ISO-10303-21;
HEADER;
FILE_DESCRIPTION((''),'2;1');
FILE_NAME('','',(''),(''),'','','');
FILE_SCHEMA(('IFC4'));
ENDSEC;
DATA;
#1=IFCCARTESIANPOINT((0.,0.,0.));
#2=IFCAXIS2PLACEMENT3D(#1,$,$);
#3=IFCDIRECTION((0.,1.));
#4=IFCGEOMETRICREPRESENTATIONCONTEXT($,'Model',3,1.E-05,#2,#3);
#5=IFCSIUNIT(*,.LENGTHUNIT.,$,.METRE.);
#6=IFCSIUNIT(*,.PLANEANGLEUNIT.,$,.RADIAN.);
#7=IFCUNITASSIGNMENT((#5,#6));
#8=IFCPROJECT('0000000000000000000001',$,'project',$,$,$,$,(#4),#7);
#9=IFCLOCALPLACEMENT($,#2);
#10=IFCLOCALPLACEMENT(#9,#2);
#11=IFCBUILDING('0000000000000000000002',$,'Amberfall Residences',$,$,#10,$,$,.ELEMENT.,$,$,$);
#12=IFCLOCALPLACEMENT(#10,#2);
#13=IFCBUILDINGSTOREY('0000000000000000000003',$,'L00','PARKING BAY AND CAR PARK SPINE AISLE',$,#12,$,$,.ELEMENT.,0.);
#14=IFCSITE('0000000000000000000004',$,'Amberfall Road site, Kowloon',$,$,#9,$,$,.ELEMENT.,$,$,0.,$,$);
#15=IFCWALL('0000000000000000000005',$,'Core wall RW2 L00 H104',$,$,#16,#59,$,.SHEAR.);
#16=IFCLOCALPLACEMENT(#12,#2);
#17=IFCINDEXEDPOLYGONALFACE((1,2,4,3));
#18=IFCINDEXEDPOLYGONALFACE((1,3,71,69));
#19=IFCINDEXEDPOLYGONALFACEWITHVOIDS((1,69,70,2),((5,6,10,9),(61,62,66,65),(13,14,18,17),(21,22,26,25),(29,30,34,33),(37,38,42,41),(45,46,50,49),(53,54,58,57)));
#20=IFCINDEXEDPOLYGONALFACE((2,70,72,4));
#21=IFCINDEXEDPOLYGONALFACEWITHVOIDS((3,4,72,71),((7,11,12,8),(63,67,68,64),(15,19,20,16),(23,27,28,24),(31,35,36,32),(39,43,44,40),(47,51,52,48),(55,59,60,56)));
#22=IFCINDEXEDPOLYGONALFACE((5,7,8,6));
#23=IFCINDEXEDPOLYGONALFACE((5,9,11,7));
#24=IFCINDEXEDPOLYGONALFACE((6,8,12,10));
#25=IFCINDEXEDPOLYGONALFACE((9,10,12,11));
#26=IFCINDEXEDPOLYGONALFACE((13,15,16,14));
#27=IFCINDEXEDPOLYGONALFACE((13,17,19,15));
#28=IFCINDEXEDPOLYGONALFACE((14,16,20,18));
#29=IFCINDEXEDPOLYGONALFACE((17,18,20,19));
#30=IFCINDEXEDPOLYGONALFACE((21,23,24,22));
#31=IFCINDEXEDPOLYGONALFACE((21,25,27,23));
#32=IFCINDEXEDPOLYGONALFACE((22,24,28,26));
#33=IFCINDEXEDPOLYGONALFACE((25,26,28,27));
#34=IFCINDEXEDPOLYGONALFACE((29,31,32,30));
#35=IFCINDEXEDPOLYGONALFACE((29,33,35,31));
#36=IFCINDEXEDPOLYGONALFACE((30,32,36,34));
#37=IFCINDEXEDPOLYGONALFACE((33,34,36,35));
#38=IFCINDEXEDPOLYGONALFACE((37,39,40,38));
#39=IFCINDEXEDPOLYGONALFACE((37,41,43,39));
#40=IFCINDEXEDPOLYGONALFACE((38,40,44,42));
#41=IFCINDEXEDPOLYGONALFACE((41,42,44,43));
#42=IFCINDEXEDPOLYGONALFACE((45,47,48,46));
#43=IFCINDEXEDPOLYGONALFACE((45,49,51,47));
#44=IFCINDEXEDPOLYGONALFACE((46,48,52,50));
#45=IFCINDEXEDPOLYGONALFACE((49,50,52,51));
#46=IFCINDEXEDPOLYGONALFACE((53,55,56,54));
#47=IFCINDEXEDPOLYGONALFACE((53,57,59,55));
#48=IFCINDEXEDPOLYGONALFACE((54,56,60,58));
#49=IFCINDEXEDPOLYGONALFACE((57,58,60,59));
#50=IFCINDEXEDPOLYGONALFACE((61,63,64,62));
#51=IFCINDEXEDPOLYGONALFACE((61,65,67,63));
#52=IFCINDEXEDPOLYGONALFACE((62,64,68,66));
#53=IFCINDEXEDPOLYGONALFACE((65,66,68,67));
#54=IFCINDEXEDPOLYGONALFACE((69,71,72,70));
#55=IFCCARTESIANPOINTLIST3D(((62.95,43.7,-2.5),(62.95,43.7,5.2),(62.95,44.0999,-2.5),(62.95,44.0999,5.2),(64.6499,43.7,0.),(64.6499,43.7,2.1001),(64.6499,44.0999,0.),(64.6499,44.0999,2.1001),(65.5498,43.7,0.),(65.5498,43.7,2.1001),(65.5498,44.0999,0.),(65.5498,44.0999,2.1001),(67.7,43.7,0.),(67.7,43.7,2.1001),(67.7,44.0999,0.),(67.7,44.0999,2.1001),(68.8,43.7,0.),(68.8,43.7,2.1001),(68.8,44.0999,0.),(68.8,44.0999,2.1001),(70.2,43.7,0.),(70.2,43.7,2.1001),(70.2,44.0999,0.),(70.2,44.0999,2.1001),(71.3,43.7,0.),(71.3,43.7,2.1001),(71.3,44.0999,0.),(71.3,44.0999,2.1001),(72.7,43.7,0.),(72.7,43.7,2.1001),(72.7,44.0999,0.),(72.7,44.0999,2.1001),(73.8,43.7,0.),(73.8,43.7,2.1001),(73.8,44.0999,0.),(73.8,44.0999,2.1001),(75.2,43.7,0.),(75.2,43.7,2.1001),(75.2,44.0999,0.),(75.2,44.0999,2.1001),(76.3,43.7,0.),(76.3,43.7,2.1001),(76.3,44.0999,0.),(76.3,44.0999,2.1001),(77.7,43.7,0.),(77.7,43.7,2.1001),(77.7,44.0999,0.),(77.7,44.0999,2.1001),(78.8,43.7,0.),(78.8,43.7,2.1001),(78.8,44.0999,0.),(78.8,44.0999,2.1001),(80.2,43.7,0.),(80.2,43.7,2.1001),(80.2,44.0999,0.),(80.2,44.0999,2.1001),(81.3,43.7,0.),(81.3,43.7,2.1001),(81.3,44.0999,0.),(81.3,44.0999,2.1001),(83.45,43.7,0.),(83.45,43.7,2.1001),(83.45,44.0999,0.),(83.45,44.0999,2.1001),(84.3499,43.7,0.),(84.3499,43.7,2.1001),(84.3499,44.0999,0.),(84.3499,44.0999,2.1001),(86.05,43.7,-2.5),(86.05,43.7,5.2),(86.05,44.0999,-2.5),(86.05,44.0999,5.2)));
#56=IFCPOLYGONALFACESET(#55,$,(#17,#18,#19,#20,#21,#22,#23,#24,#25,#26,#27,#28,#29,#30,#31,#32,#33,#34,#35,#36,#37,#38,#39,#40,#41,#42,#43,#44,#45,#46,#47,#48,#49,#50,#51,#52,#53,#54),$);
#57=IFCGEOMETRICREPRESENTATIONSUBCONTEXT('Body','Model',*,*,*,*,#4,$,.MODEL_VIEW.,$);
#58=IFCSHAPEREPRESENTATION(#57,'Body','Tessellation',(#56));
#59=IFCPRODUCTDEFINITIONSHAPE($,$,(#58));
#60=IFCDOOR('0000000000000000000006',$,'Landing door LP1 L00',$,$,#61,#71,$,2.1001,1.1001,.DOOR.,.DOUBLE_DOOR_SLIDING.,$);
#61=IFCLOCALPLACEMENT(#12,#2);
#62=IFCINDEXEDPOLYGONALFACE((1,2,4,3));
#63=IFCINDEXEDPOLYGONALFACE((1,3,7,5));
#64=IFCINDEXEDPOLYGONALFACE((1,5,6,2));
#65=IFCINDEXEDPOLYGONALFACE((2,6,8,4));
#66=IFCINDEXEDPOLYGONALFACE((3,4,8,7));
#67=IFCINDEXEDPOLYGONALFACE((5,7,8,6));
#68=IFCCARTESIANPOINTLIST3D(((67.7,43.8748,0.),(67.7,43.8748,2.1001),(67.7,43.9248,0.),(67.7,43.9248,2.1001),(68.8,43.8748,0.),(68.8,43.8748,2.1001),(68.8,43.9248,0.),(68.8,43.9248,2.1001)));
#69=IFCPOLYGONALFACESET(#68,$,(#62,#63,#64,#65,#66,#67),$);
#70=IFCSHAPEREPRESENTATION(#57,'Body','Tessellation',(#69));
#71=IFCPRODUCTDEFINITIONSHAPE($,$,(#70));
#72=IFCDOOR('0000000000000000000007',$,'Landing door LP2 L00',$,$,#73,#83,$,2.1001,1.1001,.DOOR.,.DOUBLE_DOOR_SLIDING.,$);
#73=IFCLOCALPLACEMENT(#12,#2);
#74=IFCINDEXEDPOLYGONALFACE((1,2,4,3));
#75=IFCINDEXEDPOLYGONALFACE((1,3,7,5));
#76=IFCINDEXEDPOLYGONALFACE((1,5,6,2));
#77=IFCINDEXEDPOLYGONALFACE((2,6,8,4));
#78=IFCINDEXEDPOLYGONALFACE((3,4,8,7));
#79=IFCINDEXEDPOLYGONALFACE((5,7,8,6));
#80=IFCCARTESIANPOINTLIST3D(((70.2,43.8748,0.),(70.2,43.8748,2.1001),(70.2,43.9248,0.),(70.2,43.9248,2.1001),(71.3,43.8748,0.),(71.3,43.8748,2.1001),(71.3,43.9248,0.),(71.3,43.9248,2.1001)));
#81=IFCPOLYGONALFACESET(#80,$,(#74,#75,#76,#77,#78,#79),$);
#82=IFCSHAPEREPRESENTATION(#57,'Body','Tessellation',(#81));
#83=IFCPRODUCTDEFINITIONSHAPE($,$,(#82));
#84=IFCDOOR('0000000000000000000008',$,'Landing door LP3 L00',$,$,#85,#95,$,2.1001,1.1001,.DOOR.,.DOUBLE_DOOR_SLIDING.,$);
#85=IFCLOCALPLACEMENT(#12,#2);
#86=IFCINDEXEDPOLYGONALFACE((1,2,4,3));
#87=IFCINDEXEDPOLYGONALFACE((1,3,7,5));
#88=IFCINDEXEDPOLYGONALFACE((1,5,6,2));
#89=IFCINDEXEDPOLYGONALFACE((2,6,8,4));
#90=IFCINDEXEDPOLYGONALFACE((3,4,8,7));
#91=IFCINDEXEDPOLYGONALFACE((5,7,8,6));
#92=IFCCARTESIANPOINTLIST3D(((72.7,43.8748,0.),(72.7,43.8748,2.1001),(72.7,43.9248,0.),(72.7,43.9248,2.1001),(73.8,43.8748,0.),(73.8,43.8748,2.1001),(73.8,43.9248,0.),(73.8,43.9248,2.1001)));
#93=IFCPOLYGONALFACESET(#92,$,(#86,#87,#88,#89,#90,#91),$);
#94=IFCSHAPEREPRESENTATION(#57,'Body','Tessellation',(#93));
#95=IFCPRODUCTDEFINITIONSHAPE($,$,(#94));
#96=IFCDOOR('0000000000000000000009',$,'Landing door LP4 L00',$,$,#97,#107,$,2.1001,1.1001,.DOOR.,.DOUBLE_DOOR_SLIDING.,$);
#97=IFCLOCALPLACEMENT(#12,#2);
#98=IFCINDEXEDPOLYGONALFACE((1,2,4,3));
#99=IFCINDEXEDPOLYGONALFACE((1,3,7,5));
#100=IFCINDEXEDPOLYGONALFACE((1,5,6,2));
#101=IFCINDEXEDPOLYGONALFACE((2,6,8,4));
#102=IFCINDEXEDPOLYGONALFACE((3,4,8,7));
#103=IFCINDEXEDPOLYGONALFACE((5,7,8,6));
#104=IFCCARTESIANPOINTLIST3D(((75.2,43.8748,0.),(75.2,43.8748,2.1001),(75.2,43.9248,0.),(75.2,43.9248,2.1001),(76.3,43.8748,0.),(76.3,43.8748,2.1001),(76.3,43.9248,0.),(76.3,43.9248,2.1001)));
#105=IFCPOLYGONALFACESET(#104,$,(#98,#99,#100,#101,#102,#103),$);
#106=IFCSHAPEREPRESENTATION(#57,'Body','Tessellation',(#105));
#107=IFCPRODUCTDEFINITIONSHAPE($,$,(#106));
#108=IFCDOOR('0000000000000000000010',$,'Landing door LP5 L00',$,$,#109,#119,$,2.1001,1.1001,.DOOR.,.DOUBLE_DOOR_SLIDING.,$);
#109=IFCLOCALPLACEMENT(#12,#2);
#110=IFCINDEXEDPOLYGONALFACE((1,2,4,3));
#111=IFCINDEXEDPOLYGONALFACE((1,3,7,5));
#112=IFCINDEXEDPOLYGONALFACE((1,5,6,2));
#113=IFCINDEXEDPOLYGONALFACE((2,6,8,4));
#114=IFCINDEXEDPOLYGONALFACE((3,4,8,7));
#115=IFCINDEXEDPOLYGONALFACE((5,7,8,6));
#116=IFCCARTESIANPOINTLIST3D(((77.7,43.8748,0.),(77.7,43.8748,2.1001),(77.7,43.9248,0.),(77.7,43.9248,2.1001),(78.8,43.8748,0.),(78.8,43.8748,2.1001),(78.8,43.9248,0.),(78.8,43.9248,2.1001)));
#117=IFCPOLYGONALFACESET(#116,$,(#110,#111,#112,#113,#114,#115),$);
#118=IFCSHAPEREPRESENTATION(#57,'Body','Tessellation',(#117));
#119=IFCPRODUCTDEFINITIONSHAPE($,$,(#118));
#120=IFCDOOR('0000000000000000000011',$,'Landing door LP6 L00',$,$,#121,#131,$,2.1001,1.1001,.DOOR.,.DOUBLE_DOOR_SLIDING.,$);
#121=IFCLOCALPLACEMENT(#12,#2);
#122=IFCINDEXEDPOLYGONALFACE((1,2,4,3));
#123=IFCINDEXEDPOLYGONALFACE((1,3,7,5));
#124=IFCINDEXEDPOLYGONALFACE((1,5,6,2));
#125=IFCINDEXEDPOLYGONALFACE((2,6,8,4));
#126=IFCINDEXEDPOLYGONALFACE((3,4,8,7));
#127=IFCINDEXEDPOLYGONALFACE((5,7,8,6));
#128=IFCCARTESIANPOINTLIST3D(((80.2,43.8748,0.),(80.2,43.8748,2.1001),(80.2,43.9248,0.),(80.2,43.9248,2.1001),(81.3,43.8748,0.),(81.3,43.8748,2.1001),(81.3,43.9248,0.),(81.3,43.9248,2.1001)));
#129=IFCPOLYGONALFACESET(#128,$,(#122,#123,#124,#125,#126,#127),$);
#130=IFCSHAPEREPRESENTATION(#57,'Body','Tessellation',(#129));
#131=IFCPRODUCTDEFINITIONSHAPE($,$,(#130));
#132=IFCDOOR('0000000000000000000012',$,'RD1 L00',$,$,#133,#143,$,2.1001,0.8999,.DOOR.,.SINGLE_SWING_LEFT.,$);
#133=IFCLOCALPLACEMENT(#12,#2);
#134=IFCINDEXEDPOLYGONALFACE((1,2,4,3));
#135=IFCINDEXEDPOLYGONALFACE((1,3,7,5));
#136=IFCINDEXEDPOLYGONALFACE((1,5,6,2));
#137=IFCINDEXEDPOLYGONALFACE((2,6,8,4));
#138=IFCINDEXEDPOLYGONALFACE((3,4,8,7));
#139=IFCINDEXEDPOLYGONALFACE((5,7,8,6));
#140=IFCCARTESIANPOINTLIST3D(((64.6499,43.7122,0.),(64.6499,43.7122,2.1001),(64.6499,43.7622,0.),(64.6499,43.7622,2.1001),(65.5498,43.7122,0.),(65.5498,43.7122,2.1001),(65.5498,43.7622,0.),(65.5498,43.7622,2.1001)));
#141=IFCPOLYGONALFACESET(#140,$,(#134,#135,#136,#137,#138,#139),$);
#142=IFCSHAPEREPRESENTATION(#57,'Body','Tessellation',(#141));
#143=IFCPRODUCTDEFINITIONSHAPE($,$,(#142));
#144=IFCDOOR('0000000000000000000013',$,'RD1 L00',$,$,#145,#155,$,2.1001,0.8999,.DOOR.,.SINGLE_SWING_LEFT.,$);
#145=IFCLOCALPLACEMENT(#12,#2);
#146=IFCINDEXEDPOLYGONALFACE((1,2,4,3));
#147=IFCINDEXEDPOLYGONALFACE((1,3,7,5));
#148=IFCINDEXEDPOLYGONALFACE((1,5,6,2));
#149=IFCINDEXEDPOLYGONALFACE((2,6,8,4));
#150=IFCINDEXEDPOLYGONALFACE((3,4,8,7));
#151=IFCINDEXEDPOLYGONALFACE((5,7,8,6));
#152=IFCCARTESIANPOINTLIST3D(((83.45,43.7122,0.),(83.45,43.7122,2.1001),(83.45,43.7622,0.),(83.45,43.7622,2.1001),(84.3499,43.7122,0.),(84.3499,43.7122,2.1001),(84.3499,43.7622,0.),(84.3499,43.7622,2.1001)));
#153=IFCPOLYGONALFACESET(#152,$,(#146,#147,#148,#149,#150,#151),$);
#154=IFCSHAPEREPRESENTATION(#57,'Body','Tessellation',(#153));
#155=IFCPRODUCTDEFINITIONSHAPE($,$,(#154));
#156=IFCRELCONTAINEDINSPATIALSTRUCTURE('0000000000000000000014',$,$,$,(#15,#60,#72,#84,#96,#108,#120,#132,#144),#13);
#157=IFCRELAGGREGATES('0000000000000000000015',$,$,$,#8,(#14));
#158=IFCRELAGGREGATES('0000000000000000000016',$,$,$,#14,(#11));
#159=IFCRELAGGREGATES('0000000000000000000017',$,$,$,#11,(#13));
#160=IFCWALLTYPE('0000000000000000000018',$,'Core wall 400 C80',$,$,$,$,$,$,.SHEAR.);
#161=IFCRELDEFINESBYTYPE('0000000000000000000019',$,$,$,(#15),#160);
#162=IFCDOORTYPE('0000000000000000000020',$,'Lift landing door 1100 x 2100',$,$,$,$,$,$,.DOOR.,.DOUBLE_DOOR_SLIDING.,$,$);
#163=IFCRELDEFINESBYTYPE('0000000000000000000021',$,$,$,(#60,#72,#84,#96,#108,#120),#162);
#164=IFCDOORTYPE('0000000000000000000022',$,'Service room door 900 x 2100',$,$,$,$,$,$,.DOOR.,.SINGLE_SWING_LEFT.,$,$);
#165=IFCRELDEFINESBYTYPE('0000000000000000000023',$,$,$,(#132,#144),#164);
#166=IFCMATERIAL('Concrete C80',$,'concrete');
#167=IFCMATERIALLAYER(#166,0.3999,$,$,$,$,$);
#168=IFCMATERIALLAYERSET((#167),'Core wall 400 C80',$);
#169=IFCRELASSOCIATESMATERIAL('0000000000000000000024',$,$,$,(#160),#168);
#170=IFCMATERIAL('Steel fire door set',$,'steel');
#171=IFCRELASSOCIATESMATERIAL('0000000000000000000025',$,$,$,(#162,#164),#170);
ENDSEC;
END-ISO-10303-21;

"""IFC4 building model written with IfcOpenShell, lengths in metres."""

from ifc_helpers import new_model, si_unit, direction, frame, frame_2d, origin, place, context, subcontext, project, spatial, rectangle, extrude, material, layer, layer_set, type_object, element, fill, save


model = new_model("IFC4")

# Units and contexts
model_context = context("Model", 3, precision=1e-05, world=origin(), true_north=direction((0.0, 1.0)))
body_context = subcontext(model_context, "Body", "Model", "MODEL_VIEW")
ifc_project = project(units=[si_unit("LENGTHUNIT", "METRE"), si_unit("PLANEANGLEUNIT", "RADIAN")], contexts=[model_context])

# Site, building, storey
site_placement = place(None, origin())
site = spatial("IfcSite", under=ifc_project, at=site_placement, Name="Amberfall Road site, Kowloon", CompositionType="ELEMENT", RefElevation=0.0)
building_placement = place(site_placement, origin())
building = spatial("IfcBuilding", under=site, at=building_placement, Name="Amberfall Residences", CompositionType="ELEMENT")
storey_placement = place(building_placement, origin())
storey = spatial("IfcBuildingStorey", under=building, at=storey_placement, Name="L00", Description="PARKING BAY AND CAR PARK SPINE AISLE", CompositionType="ELEMENT", Elevation=0.0)

# Wall, openings, doors
ifc_material_1 = material(Name="Concrete C80", Category="concrete")
ifc_layer = layer(ifc_material_1, 0.3999)
ifc_layer_set = layer_set([ifc_layer], Name="Core wall 400 C80")
wall_type = type_object("IfcWallType", Name="Core wall 400 C80", PredefinedType="SHEAR", material=ifc_layer_set)
wall_1_placement = place(storey_placement, frame((62.95, 43.8999, -2.5), z_axis=(0.0, 0.0, 1.0), x_axis=(1.0, 0.0, 0.0)))
wall_1 = element("IfcWall", 1, at=wall_1_placement, inside=storey, type_object=wall_type, Name="Core wall RW2 L00 H104", PredefinedType="SHEAR", context=body_context, shape_type="SweptSolid", body=[
    extrude(rectangle(XDim=23.1001, YDim=0.3999, at=frame_2d((11.55, 0.0))), origin(), (0.0, 0.0, 1.0), 7.7),
])
opening_1_placement = place(wall_1_placement, frame((1.7, 0.0, 2.5)))
opening_1 = element("IfcOpeningElement", 2, at=opening_1_placement, cuts=wall_1, PredefinedType="OPENING", context=body_context, shape_type="SweptSolid", body=[
    extrude(rectangle(XDim=0.8999, YDim=2.1001, at=frame_2d((0.45, 1.05))), frame((0.0, 0.21, 0.0), z_axis=(0.0, -1.0, 0.0), x_axis=(1.0, 0.0, 0.0)), (0.0, 0.0, 1.0), 0.4199),
])
opening_2_placement = place(wall_1_placement, frame((20.5, 0.0, 2.5)))
opening_2 = element("IfcOpeningElement", 3, at=opening_2_placement, cuts=wall_1, PredefinedType="OPENING", context=body_context, shape_type="SweptSolid", body=[
    extrude(rectangle(XDim=0.8999, YDim=2.1001, at=frame_2d((0.45, 1.05))), frame((0.0, 0.21, 0.0), z_axis=(0.0, -1.0, 0.0), x_axis=(1.0, 0.0, 0.0)), (0.0, 0.0, 1.0), 0.4199),
])
opening_3_placement = place(wall_1_placement, frame((4.75, 0.0, 2.5)))
opening_3 = element("IfcOpeningElement", 4, at=opening_3_placement, cuts=wall_1, PredefinedType="OPENING", context=body_context, shape_type="SweptSolid", body=[
    extrude(rectangle(XDim=1.1001, YDim=2.1001, at=frame_2d((0.55, 1.05))), frame((0.0, 0.21, 0.0), z_axis=(0.0, -1.0, 0.0), x_axis=(1.0, 0.0, 0.0)), (0.0, 0.0, 1.0), 0.4199),
])
opening_4_placement = place(wall_1_placement, frame((7.25, 0.0, 2.5)))
opening_4 = element("IfcOpeningElement", 5, at=opening_4_placement, cuts=wall_1, PredefinedType="OPENING", context=body_context, shape_type="SweptSolid", body=[
    extrude(rectangle(XDim=1.1001, YDim=2.1001, at=frame_2d((0.55, 1.05))), frame((0.0, 0.21, 0.0), z_axis=(0.0, -1.0, 0.0), x_axis=(1.0, 0.0, 0.0)), (0.0, 0.0, 1.0), 0.4199),
])
opening_5_placement = place(wall_1_placement, frame((9.75, 0.0, 2.5)))
opening_5 = element("IfcOpeningElement", 6, at=opening_5_placement, cuts=wall_1, PredefinedType="OPENING", context=body_context, shape_type="SweptSolid", body=[
    extrude(rectangle(XDim=1.1001, YDim=2.1001, at=frame_2d((0.55, 1.05))), frame((0.0, 0.21, 0.0), z_axis=(0.0, -1.0, 0.0), x_axis=(1.0, 0.0, 0.0)), (0.0, 0.0, 1.0), 0.4199),
])
opening_6_placement = place(wall_1_placement, frame((12.25, 0.0, 2.5)))
opening_6 = element("IfcOpeningElement", 7, at=opening_6_placement, cuts=wall_1, PredefinedType="OPENING", context=body_context, shape_type="SweptSolid", body=[
    extrude(rectangle(XDim=1.1001, YDim=2.1001, at=frame_2d((0.55, 1.05))), frame((0.0, 0.21, 0.0), z_axis=(0.0, -1.0, 0.0), x_axis=(1.0, 0.0, 0.0)), (0.0, 0.0, 1.0), 0.4199),
])
opening_7_placement = place(wall_1_placement, frame((14.75, 0.0, 2.5)))
opening_7 = element("IfcOpeningElement", 8, at=opening_7_placement, cuts=wall_1, PredefinedType="OPENING", context=body_context, shape_type="SweptSolid", body=[
    extrude(rectangle(XDim=1.1001, YDim=2.1001, at=frame_2d((0.55, 1.05))), frame((0.0, 0.21, 0.0), z_axis=(0.0, -1.0, 0.0), x_axis=(1.0, 0.0, 0.0)), (0.0, 0.0, 1.0), 0.4199),
])
opening_8_placement = place(wall_1_placement, frame((17.25, 0.0, 2.5)))
opening_8 = element("IfcOpeningElement", 9, at=opening_8_placement, cuts=wall_1, PredefinedType="OPENING", context=body_context, shape_type="SweptSolid", body=[
    extrude(rectangle(XDim=1.1001, YDim=2.1001, at=frame_2d((0.55, 1.05))), frame((0.0, 0.21, 0.0), z_axis=(0.0, -1.0, 0.0), x_axis=(1.0, 0.0, 0.0)), (0.0, 0.0, 1.0), 0.4199),
])
ifc_material_2 = material(Name="Steel fire door set", Category="steel")
door_type_1 = type_object("IfcDoorType", Name="Lift landing door 1100 x 2100", OperationType="DOUBLE_DOOR_SLIDING", PredefinedType="DOOR", material=ifc_material_2)
door_1_placement = place(opening_3_placement, origin())
door_1 = element("IfcDoor", 10, at=door_1_placement, inside=storey, type_object=door_type_1, Name="Landing door LP1 L00", OperationType="DOUBLE_DOOR_SLIDING", OverallHeight=2.1001, OverallWidth=1.1001, PredefinedType="DOOR", context=body_context, shape_type="SweptSolid", body=[
    extrude(rectangle(XDim=1.1001, YDim=2.1001, at=frame_2d((0.55, 1.05))), frame((0.0, 0.0249, 0.0), z_axis=(0.0, -1.0, 0.0), x_axis=(1.0, 0.0, 0.0)), (0.0, 0.0, 1.0), 0.05),
])
fill(opening_3, door_1)
door_2_placement = place(opening_4_placement, origin())
door_2 = element("IfcDoor", 11, at=door_2_placement, inside=storey, type_object=door_type_1, Name="Landing door LP2 L00", OperationType="DOUBLE_DOOR_SLIDING", OverallHeight=2.1001, OverallWidth=1.1001, PredefinedType="DOOR", context=body_context, shape_type="SweptSolid", body=[
    extrude(rectangle(XDim=1.1001, YDim=2.1001, at=frame_2d((0.55, 1.05))), frame((0.0, 0.0249, 0.0), z_axis=(0.0, -1.0, 0.0), x_axis=(1.0, 0.0, 0.0)), (0.0, 0.0, 1.0), 0.05),
])
fill(opening_4, door_2)
door_3_placement = place(opening_5_placement, origin())
door_3 = element("IfcDoor", 12, at=door_3_placement, inside=storey, type_object=door_type_1, Name="Landing door LP3 L00", OperationType="DOUBLE_DOOR_SLIDING", OverallHeight=2.1001, OverallWidth=1.1001, PredefinedType="DOOR", context=body_context, shape_type="SweptSolid", body=[
    extrude(rectangle(XDim=1.1001, YDim=2.1001, at=frame_2d((0.55, 1.05))), frame((0.0, 0.0249, 0.0), z_axis=(0.0, -1.0, 0.0), x_axis=(1.0, 0.0, 0.0)), (0.0, 0.0, 1.0), 0.05),
])
fill(opening_5, door_3)
door_4_placement = place(opening_6_placement, origin())
door_4 = element("IfcDoor", 13, at=door_4_placement, inside=storey, type_object=door_type_1, Name="Landing door LP4 L00", OperationType="DOUBLE_DOOR_SLIDING", OverallHeight=2.1001, OverallWidth=1.1001, PredefinedType="DOOR", context=body_context, shape_type="SweptSolid", body=[
    extrude(rectangle(XDim=1.1001, YDim=2.1001, at=frame_2d((0.55, 1.05))), frame((0.0, 0.0249, 0.0), z_axis=(0.0, -1.0, 0.0), x_axis=(1.0, 0.0, 0.0)), (0.0, 0.0, 1.0), 0.05),
])
fill(opening_6, door_4)
door_5_placement = place(opening_7_placement, origin())
door_5 = element("IfcDoor", 14, at=door_5_placement, inside=storey, type_object=door_type_1, Name="Landing door LP5 L00", OperationType="DOUBLE_DOOR_SLIDING", OverallHeight=2.1001, OverallWidth=1.1001, PredefinedType="DOOR", context=body_context, shape_type="SweptSolid", body=[
    extrude(rectangle(XDim=1.1001, YDim=2.1001, at=frame_2d((0.55, 1.05))), frame((0.0, 0.0249, 0.0), z_axis=(0.0, -1.0, 0.0), x_axis=(1.0, 0.0, 0.0)), (0.0, 0.0, 1.0), 0.05),
])
fill(opening_7, door_5)
door_6_placement = place(opening_8_placement, origin())
door_6 = element("IfcDoor", 15, at=door_6_placement, inside=storey, type_object=door_type_1, Name="Landing door LP6 L00", OperationType="DOUBLE_DOOR_SLIDING", OverallHeight=2.1001, OverallWidth=1.1001, PredefinedType="DOOR", context=body_context, shape_type="SweptSolid", body=[
    extrude(rectangle(XDim=1.1001, YDim=2.1001, at=frame_2d((0.55, 1.05))), frame((0.0, 0.0249, 0.0), z_axis=(0.0, -1.0, 0.0), x_axis=(1.0, 0.0, 0.0)), (0.0, 0.0, 1.0), 0.05),
])
fill(opening_8, door_6)
door_type_2 = type_object("IfcDoorType", Name="Service room door 900 x 2100", OperationType="SINGLE_SWING_LEFT", PredefinedType="DOOR", material=ifc_material_2)
door_7_placement = place(opening_1_placement, origin())
door_7 = element("IfcDoor", 16, at=door_7_placement, inside=storey, type_object=door_type_2, Name="RD1 L00", OperationType="SINGLE_SWING_LEFT", OverallHeight=2.1001, OverallWidth=0.8999, PredefinedType="DOOR", context=body_context, shape_type="SweptSolid", body=[
    extrude(rectangle(XDim=0.8999, YDim=2.1001, at=frame_2d((0.45, 1.05))), frame((0.0, -0.1377, 0.0), z_axis=(0.0, -1.0, 0.0), x_axis=(1.0, 0.0, 0.0)), (0.0, 0.0, 1.0), 0.05),
])
fill(opening_1, door_7)
door_8_placement = place(opening_2_placement, origin())
door_8 = element("IfcDoor", 17, at=door_8_placement, inside=storey, type_object=door_type_2, Name="RD1 L00", OperationType="SINGLE_SWING_LEFT", OverallHeight=2.1001, OverallWidth=0.8999, PredefinedType="DOOR", context=body_context, shape_type="SweptSolid", body=[
    extrude(rectangle(XDim=0.8999, YDim=2.1001, at=frame_2d((0.45, 1.05))), frame((0.0, -0.1377, 0.0), z_axis=(0.0, -1.0, 0.0), x_axis=(1.0, 0.0, 0.0)), (0.0, 0.0, 1.0), 0.05),
])
fill(opening_2, door_8)

save(model, "model.ifc")
